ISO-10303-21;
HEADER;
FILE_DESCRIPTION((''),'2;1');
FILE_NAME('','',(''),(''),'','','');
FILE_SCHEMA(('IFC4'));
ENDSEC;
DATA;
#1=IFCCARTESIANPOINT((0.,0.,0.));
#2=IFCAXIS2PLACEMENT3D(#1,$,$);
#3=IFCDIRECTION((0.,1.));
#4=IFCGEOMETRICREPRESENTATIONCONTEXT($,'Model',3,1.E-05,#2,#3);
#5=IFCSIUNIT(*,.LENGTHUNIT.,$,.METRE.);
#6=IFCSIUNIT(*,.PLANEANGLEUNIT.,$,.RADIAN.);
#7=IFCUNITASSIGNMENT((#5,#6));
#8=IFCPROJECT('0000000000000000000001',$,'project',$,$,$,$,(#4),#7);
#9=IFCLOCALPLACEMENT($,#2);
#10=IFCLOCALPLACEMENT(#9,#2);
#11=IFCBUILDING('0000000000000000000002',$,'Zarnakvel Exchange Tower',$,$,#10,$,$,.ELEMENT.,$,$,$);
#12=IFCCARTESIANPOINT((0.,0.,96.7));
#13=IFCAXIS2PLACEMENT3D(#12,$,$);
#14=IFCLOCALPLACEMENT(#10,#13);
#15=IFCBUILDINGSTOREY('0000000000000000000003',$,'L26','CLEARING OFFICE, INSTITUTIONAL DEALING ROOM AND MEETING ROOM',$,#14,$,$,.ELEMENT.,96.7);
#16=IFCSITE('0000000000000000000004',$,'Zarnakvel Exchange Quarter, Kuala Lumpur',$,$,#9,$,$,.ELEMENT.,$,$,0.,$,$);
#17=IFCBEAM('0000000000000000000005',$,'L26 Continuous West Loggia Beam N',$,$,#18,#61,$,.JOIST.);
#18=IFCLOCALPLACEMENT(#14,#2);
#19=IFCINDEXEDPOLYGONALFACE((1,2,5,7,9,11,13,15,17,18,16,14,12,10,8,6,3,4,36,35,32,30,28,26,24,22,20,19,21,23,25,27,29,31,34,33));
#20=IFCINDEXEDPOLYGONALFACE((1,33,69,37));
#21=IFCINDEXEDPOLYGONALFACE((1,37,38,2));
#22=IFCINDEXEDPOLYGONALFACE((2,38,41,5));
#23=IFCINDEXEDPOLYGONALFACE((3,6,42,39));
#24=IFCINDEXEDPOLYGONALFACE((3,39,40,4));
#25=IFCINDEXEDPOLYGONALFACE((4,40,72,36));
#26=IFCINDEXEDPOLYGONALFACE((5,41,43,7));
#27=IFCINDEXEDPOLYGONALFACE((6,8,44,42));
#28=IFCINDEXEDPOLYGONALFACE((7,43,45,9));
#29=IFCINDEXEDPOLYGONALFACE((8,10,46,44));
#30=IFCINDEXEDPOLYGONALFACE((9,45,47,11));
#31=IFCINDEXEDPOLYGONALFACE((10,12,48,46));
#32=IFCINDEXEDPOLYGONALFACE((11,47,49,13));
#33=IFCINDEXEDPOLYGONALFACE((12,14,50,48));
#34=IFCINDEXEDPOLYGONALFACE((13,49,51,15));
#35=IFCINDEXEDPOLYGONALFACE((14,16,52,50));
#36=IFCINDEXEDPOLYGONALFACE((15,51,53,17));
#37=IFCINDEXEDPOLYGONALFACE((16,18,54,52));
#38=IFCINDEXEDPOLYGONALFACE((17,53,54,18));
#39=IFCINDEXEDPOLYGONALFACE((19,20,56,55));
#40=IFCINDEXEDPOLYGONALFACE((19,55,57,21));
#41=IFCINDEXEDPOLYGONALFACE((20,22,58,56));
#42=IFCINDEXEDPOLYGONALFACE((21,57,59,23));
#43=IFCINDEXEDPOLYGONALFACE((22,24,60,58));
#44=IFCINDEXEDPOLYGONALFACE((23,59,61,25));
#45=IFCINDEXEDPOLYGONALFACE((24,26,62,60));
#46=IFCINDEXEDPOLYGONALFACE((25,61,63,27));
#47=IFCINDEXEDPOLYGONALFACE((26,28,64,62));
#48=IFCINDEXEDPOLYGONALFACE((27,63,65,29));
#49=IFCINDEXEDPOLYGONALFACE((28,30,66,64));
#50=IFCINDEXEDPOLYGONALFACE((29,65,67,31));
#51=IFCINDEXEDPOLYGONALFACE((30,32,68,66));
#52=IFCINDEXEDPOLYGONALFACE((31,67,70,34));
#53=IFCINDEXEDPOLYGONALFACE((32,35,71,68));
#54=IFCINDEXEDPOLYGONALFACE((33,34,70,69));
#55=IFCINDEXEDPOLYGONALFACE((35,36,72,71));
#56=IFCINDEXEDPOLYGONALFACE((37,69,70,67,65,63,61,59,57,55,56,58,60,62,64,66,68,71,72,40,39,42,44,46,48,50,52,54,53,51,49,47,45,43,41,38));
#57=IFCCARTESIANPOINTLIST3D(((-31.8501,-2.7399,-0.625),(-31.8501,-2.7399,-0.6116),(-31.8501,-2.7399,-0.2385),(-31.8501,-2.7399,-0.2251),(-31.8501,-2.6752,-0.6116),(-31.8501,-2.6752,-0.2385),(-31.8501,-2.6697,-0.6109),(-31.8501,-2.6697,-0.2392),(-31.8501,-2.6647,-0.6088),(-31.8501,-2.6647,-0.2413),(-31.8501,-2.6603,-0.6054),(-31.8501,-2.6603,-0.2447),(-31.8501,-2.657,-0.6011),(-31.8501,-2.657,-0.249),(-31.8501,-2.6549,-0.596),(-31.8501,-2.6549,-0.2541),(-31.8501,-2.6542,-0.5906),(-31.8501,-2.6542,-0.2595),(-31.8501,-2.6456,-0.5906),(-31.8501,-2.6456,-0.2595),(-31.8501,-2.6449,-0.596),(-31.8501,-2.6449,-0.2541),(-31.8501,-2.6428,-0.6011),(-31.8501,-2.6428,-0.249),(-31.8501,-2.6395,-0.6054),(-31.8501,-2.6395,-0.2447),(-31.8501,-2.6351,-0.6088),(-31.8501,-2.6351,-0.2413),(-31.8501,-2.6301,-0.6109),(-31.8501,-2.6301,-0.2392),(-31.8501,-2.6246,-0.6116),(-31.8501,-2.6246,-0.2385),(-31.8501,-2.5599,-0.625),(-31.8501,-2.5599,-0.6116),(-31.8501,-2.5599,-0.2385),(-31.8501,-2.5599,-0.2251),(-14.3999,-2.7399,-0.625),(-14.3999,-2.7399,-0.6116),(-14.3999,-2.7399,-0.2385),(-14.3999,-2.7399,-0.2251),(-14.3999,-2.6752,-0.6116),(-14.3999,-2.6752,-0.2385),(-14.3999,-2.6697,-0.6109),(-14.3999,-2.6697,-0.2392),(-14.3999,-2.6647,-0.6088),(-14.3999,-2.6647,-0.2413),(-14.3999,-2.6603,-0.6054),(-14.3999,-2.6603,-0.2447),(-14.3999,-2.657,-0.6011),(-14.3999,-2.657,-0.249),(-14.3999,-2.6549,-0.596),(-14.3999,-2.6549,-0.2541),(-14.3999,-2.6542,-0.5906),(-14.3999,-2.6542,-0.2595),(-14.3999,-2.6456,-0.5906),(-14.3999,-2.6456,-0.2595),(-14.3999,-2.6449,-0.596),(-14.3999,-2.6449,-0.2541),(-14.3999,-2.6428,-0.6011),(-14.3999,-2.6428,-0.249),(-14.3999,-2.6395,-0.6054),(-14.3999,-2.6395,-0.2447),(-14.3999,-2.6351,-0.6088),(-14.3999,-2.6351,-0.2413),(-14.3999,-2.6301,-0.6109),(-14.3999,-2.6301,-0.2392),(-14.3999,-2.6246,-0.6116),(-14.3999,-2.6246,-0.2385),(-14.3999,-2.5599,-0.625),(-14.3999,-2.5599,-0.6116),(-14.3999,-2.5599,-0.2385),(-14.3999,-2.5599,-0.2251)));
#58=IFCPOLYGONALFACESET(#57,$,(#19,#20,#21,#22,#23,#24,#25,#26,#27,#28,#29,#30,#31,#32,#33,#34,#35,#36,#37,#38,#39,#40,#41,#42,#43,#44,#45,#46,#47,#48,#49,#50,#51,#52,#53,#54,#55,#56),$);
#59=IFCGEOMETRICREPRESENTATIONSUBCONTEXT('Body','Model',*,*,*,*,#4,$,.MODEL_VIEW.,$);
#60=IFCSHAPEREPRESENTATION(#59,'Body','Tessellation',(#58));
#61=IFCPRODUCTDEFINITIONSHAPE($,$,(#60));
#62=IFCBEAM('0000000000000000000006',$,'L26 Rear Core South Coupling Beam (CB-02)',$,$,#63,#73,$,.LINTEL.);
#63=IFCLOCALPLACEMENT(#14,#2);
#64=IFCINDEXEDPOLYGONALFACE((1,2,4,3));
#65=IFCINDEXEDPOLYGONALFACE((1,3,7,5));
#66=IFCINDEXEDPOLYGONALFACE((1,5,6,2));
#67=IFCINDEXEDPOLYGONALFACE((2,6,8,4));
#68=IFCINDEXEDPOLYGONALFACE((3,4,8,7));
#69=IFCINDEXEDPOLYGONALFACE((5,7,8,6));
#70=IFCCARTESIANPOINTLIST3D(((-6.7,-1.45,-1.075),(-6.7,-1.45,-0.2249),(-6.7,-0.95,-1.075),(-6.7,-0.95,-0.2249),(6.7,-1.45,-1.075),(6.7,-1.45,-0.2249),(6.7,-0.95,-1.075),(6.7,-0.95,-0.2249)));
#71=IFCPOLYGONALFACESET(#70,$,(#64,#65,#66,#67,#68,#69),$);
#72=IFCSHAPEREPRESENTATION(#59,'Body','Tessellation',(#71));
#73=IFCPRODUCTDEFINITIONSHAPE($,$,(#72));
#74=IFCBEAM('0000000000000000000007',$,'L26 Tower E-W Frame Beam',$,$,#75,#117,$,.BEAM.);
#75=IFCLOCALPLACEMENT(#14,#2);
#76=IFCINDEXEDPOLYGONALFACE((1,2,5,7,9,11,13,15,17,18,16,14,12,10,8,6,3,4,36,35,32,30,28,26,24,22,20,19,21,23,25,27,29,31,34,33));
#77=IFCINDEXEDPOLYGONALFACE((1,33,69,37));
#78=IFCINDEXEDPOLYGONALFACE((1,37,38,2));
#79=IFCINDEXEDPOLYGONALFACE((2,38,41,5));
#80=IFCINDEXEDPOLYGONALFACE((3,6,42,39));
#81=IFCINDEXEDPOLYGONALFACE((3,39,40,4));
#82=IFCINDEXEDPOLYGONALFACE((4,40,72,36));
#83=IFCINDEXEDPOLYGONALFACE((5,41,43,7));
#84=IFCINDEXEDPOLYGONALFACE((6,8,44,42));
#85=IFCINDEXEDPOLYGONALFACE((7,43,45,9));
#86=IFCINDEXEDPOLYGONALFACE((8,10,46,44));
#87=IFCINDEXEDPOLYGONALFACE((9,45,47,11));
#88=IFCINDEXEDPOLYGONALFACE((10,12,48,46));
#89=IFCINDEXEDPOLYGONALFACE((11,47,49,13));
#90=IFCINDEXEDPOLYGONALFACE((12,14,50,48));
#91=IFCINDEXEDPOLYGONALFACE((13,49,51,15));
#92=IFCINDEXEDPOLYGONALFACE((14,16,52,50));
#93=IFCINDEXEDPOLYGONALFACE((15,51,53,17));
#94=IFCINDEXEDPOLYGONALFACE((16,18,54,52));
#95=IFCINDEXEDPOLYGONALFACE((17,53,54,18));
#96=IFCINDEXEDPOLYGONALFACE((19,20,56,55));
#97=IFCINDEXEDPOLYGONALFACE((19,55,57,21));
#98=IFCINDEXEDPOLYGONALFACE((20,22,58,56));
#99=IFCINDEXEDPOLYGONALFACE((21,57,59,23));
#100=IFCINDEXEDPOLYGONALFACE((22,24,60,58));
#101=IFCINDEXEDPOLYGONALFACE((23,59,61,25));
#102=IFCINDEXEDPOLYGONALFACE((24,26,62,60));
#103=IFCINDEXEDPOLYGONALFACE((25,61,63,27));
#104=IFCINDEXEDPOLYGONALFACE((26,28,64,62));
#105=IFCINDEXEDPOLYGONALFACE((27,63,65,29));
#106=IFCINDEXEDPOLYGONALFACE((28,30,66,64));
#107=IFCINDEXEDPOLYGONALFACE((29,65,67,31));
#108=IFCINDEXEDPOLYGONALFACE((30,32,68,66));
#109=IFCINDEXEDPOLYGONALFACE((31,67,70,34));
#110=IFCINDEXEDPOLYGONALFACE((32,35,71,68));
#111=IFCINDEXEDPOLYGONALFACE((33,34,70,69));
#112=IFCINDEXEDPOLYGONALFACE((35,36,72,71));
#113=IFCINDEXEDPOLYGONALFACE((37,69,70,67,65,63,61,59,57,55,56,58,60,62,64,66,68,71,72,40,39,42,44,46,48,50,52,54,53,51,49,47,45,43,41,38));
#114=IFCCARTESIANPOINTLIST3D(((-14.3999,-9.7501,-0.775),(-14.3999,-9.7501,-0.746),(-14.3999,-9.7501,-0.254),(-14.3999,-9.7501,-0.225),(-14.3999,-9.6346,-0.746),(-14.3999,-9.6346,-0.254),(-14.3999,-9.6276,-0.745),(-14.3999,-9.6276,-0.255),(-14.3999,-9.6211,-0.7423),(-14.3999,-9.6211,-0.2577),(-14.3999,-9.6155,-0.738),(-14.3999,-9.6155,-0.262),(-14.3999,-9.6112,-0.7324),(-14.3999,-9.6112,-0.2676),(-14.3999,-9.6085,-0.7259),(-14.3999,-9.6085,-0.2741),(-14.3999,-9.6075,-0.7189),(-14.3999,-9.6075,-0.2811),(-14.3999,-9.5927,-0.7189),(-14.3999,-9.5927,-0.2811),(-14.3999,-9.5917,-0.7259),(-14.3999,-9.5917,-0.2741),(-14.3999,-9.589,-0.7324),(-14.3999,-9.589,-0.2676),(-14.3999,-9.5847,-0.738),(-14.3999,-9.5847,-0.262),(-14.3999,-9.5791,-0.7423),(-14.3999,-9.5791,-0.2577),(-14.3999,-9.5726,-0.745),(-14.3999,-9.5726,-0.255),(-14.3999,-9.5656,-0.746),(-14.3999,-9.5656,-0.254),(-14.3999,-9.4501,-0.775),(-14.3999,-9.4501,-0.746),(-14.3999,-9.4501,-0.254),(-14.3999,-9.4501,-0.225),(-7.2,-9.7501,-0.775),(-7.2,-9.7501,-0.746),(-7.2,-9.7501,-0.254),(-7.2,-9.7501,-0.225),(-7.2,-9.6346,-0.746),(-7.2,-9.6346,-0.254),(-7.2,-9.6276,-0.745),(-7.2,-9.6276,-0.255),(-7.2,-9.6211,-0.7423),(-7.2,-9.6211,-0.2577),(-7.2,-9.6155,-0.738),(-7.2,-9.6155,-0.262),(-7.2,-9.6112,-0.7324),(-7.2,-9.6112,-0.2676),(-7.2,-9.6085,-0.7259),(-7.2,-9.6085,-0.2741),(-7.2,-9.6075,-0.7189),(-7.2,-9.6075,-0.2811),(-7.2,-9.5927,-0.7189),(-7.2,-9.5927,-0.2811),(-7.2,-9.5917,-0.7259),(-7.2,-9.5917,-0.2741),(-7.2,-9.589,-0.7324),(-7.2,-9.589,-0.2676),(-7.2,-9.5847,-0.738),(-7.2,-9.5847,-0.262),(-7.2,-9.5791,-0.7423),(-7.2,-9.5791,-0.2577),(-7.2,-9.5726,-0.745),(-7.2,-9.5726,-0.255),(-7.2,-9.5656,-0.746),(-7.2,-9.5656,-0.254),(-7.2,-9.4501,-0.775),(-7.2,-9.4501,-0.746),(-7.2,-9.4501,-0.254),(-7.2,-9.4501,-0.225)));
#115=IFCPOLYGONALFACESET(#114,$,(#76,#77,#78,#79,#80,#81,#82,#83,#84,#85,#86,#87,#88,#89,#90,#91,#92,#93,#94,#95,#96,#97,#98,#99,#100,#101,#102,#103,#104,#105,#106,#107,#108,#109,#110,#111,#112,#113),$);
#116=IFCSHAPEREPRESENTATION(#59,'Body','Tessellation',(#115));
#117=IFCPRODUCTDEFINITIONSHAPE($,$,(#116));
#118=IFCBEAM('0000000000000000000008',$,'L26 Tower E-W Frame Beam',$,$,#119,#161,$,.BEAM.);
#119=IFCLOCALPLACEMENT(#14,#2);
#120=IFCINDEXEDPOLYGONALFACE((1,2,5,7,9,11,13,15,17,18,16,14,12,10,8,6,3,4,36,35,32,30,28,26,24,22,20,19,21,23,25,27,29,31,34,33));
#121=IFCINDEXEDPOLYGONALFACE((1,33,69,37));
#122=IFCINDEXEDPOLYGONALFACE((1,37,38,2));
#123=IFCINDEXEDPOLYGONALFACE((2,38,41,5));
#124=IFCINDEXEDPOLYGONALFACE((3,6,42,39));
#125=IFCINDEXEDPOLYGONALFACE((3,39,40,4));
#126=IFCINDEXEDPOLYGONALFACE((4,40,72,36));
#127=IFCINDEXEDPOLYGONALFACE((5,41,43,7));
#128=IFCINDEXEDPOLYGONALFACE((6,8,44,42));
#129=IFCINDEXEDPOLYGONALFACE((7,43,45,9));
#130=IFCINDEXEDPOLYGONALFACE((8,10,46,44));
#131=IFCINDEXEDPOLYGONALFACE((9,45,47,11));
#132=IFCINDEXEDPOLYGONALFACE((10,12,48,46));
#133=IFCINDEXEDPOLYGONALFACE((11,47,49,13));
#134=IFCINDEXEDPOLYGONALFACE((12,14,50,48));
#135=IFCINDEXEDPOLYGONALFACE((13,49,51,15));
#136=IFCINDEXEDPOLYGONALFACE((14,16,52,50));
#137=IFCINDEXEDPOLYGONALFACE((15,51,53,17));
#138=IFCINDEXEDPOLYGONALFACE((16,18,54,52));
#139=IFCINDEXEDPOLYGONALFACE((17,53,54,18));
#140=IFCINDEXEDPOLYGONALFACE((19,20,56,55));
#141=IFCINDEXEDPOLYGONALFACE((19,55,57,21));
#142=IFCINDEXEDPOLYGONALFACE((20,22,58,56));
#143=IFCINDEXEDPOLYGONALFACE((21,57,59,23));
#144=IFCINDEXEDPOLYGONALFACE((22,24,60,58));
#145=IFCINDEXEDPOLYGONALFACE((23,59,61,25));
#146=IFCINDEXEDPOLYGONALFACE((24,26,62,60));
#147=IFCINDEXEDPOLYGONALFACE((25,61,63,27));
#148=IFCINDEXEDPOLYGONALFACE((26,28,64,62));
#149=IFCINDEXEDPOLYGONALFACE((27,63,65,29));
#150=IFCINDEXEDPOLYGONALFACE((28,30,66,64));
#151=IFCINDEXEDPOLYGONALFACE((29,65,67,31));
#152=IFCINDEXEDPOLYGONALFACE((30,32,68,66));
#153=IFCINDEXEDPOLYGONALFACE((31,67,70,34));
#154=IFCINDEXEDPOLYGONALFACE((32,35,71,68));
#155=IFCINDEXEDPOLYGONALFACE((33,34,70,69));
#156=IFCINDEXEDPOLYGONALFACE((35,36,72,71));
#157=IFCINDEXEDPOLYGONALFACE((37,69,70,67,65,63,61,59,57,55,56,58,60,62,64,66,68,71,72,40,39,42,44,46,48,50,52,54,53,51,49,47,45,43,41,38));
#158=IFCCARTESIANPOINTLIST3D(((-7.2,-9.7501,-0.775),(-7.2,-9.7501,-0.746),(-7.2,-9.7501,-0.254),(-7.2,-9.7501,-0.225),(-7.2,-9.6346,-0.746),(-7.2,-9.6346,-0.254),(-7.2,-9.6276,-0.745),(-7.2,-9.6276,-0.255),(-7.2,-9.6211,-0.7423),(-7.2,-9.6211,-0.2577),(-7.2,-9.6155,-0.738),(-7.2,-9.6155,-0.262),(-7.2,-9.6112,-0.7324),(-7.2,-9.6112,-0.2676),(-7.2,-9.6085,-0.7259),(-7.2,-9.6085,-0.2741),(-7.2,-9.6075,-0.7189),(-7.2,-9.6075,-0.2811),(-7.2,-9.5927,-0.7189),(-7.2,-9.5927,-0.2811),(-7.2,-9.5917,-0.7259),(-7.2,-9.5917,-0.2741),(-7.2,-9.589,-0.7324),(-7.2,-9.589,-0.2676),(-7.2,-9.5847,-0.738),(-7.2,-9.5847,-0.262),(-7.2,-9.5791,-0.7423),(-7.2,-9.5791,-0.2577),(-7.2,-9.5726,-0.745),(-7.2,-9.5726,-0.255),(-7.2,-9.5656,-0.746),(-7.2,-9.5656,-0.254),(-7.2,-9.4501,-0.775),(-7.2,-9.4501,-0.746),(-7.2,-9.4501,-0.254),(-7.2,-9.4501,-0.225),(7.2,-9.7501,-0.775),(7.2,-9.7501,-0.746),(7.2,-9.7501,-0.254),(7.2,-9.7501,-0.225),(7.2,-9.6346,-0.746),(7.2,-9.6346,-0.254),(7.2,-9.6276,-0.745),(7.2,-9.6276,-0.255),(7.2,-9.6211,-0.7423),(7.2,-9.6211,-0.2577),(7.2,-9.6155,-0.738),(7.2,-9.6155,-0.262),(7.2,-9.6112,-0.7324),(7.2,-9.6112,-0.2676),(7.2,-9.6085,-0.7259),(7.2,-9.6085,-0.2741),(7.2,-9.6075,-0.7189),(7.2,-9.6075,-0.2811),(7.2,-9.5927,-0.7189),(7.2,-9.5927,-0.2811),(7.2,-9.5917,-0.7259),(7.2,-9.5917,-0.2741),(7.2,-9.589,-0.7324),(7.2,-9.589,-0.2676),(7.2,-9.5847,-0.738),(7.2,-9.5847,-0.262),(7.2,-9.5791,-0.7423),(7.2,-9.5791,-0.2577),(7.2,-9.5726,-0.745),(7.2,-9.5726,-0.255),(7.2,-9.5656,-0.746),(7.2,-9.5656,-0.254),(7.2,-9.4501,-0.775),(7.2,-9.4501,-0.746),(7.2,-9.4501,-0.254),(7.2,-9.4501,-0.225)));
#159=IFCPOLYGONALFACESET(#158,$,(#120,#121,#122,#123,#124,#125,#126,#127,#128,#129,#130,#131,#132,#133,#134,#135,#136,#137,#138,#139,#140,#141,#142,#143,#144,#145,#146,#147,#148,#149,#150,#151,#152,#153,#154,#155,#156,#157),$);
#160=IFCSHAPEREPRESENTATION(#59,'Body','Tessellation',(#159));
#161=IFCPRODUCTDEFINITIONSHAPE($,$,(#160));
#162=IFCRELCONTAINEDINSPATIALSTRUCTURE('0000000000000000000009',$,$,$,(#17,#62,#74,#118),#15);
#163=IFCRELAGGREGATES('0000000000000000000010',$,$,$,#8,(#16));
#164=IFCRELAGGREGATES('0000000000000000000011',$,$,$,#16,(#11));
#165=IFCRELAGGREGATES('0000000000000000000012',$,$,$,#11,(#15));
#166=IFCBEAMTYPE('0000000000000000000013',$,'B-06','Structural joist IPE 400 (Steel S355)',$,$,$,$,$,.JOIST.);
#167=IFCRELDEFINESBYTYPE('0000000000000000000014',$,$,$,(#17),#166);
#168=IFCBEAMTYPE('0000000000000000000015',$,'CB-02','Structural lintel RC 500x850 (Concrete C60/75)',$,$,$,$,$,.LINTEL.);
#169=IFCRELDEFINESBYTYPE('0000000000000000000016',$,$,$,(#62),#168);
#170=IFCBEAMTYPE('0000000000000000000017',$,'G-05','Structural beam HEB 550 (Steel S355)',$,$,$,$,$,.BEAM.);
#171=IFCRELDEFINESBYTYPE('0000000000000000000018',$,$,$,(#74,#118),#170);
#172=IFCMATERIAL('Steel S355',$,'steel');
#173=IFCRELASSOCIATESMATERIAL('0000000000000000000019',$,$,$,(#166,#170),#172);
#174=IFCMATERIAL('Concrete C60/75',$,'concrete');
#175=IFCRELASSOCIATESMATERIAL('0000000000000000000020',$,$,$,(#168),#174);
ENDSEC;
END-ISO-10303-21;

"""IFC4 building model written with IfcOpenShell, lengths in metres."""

from ifc_helpers import new_model, si_unit, direction, frame, origin, origin_2d, place, context, subcontext, project, spatial, rectangle, i_section, extrude, material, material_profile, profile_set, type_object, element, save


model = new_model("IFC4")

# Units and contexts
model_context = context("Model", 3, precision=1e-05, world=origin(), true_north=direction((0.0, 1.0)))
body_context = subcontext(model_context, "Body", "Model", "MODEL_VIEW")
ifc_project = project(units=[si_unit("LENGTHUNIT", "METRE"), si_unit("PLANEANGLEUNIT", "RADIAN")], contexts=[model_context])

# Site, building, storey
site_placement = place(None, origin())
site = spatial("IfcSite", under=ifc_project, at=site_placement, Name="Zarnakvel Exchange Quarter, Kuala Lumpur", CompositionType="ELEMENT", RefElevation=0.0)
building_placement = place(site_placement, origin())
building = spatial("IfcBuilding", under=site, at=building_placement, Name="Zarnakvel Exchange Tower", CompositionType="ELEMENT")
storey_placement = place(building_placement, frame((0.0, 0.0, 96.7)))
storey = spatial("IfcBuildingStorey", under=building, at=storey_placement, Name="L26", Description="CLEARING OFFICE, INSTITUTIONAL DEALING ROOM AND MEETING ROOM", CompositionType="ELEMENT", Elevation=96.7)

# Shared definitions
ifc_material_1 = material(Name="Concrete C60/75", Category="concrete")

# Beams
ifc_material_2 = material(Name="Steel S355", Category="steel")
ifc_material_profile_1 = material_profile(ifc_material_2, i_section(OverallWidth=0.1799, OverallDepth=0.3999, WebThickness=0.0085, FlangeThickness=0.0134, FilletRadius=0.021, at=origin_2d()))
ifc_profile_set_1 = profile_set([ifc_material_profile_1], Name="Steel S355")
beam_type_1 = type_object("IfcBeamType", Name="B-06", Description="Structural joist IPE 400 (Steel S355)", PredefinedType="JOIST", material=ifc_profile_set_1)
for number, where, z_axis, x_axis, name in (
    (1, (-14.3999, -2.6499, -0.425), (-1.0, 0.0, 0.0), (0.0, -1.0, 0.0), "L26 Continuous West Loggia Beam N"),
):
    element("IfcBeam", number, at=place(storey_placement, frame(where, z_axis=z_axis, x_axis=x_axis)), inside=storey, type_object=beam_type_1, Name=name, PredefinedType="JOIST", context=body_context, shape_type="SweptSolid", body=[
        extrude(i_section(OverallWidth=0.1799, OverallDepth=0.3999, WebThickness=0.0085, FlangeThickness=0.0134, FilletRadius=0.021, at=origin_2d()), origin(), (0.0, 0.0, 1.0), 17.4502),
    ])
ifc_material_profile_2 = material_profile(ifc_material_1, rectangle(XDim=0.5, YDim=0.8501, at=origin_2d()))
ifc_profile_set_2 = profile_set([ifc_material_profile_2], Name="Concrete C60/75")
beam_type_2 = type_object("IfcBeamType", Name="CB-02", Description="Structural lintel RC 500x850 (Concrete C60/75)", PredefinedType="LINTEL", material=ifc_profile_set_2)
beam_1_placement = place(storey_placement, frame((-6.7, -1.2, -0.6499), z_axis=(1.0, 0.0, 0.0), x_axis=(0.0, 1.0, 0.0)))
element("IfcBeam", 2, at=beam_1_placement, inside=storey, type_object=beam_type_2, Name="L26 Rear Core South Coupling Beam (CB-02)", PredefinedType="LINTEL", context=body_context, shape_type="SweptSolid", body=[
    extrude(rectangle(XDim=0.5, YDim=0.8501, at=origin_2d()), origin(), (0.0, 0.0, 1.0), 13.3999),
])
ifc_material_profile_3 = material_profile(ifc_material_2, i_section(OverallWidth=0.3, OverallDepth=0.55, WebThickness=0.0149, FlangeThickness=0.0291, FilletRadius=0.0271, at=origin_2d()))
ifc_profile_set_3 = profile_set([ifc_material_profile_3], Name="Steel S355")
beam_type_3 = type_object("IfcBeamType", Name="G-05", Description="Structural beam HEB 550 (Steel S355)", PredefinedType="BEAM", material=ifc_profile_set_3)
beam_2_placement = place(storey_placement, frame((-14.3999, -9.6001, -0.5), z_axis=(1.0, 0.0, 0.0), x_axis=(0.0, 1.0, 0.0)))
element("IfcBeam", 3, at=beam_2_placement, inside=storey, type_object=beam_type_3, Name="L26 Tower E-W Frame Beam", PredefinedType="BEAM", context=body_context, shape_type="SweptSolid", body=[
    extrude(i_section(OverallWidth=0.3, OverallDepth=0.55, WebThickness=0.0149, FlangeThickness=0.0291, FilletRadius=0.0271, at=origin_2d()), origin(), (0.0, 0.0, 1.0), 7.2),
])
beam_3_placement = place(storey_placement, frame((-7.2, -9.6001, -0.5), z_axis=(1.0, 0.0, 0.0), x_axis=(0.0, 1.0, 0.0)))
element("IfcBeam", 4, at=beam_3_placement, inside=storey, type_object=beam_type_3, Name="L26 Tower E-W Frame Beam", PredefinedType="BEAM", context=body_context, shape_type="SweptSolid", body=[
    extrude(i_section(OverallWidth=0.3, OverallDepth=0.55, WebThickness=0.0149, FlangeThickness=0.0291, FilletRadius=0.0271, at=origin_2d()), origin(), (0.0, 0.0, 1.0), 14.3999),
])

save(model, "model.ifc")
